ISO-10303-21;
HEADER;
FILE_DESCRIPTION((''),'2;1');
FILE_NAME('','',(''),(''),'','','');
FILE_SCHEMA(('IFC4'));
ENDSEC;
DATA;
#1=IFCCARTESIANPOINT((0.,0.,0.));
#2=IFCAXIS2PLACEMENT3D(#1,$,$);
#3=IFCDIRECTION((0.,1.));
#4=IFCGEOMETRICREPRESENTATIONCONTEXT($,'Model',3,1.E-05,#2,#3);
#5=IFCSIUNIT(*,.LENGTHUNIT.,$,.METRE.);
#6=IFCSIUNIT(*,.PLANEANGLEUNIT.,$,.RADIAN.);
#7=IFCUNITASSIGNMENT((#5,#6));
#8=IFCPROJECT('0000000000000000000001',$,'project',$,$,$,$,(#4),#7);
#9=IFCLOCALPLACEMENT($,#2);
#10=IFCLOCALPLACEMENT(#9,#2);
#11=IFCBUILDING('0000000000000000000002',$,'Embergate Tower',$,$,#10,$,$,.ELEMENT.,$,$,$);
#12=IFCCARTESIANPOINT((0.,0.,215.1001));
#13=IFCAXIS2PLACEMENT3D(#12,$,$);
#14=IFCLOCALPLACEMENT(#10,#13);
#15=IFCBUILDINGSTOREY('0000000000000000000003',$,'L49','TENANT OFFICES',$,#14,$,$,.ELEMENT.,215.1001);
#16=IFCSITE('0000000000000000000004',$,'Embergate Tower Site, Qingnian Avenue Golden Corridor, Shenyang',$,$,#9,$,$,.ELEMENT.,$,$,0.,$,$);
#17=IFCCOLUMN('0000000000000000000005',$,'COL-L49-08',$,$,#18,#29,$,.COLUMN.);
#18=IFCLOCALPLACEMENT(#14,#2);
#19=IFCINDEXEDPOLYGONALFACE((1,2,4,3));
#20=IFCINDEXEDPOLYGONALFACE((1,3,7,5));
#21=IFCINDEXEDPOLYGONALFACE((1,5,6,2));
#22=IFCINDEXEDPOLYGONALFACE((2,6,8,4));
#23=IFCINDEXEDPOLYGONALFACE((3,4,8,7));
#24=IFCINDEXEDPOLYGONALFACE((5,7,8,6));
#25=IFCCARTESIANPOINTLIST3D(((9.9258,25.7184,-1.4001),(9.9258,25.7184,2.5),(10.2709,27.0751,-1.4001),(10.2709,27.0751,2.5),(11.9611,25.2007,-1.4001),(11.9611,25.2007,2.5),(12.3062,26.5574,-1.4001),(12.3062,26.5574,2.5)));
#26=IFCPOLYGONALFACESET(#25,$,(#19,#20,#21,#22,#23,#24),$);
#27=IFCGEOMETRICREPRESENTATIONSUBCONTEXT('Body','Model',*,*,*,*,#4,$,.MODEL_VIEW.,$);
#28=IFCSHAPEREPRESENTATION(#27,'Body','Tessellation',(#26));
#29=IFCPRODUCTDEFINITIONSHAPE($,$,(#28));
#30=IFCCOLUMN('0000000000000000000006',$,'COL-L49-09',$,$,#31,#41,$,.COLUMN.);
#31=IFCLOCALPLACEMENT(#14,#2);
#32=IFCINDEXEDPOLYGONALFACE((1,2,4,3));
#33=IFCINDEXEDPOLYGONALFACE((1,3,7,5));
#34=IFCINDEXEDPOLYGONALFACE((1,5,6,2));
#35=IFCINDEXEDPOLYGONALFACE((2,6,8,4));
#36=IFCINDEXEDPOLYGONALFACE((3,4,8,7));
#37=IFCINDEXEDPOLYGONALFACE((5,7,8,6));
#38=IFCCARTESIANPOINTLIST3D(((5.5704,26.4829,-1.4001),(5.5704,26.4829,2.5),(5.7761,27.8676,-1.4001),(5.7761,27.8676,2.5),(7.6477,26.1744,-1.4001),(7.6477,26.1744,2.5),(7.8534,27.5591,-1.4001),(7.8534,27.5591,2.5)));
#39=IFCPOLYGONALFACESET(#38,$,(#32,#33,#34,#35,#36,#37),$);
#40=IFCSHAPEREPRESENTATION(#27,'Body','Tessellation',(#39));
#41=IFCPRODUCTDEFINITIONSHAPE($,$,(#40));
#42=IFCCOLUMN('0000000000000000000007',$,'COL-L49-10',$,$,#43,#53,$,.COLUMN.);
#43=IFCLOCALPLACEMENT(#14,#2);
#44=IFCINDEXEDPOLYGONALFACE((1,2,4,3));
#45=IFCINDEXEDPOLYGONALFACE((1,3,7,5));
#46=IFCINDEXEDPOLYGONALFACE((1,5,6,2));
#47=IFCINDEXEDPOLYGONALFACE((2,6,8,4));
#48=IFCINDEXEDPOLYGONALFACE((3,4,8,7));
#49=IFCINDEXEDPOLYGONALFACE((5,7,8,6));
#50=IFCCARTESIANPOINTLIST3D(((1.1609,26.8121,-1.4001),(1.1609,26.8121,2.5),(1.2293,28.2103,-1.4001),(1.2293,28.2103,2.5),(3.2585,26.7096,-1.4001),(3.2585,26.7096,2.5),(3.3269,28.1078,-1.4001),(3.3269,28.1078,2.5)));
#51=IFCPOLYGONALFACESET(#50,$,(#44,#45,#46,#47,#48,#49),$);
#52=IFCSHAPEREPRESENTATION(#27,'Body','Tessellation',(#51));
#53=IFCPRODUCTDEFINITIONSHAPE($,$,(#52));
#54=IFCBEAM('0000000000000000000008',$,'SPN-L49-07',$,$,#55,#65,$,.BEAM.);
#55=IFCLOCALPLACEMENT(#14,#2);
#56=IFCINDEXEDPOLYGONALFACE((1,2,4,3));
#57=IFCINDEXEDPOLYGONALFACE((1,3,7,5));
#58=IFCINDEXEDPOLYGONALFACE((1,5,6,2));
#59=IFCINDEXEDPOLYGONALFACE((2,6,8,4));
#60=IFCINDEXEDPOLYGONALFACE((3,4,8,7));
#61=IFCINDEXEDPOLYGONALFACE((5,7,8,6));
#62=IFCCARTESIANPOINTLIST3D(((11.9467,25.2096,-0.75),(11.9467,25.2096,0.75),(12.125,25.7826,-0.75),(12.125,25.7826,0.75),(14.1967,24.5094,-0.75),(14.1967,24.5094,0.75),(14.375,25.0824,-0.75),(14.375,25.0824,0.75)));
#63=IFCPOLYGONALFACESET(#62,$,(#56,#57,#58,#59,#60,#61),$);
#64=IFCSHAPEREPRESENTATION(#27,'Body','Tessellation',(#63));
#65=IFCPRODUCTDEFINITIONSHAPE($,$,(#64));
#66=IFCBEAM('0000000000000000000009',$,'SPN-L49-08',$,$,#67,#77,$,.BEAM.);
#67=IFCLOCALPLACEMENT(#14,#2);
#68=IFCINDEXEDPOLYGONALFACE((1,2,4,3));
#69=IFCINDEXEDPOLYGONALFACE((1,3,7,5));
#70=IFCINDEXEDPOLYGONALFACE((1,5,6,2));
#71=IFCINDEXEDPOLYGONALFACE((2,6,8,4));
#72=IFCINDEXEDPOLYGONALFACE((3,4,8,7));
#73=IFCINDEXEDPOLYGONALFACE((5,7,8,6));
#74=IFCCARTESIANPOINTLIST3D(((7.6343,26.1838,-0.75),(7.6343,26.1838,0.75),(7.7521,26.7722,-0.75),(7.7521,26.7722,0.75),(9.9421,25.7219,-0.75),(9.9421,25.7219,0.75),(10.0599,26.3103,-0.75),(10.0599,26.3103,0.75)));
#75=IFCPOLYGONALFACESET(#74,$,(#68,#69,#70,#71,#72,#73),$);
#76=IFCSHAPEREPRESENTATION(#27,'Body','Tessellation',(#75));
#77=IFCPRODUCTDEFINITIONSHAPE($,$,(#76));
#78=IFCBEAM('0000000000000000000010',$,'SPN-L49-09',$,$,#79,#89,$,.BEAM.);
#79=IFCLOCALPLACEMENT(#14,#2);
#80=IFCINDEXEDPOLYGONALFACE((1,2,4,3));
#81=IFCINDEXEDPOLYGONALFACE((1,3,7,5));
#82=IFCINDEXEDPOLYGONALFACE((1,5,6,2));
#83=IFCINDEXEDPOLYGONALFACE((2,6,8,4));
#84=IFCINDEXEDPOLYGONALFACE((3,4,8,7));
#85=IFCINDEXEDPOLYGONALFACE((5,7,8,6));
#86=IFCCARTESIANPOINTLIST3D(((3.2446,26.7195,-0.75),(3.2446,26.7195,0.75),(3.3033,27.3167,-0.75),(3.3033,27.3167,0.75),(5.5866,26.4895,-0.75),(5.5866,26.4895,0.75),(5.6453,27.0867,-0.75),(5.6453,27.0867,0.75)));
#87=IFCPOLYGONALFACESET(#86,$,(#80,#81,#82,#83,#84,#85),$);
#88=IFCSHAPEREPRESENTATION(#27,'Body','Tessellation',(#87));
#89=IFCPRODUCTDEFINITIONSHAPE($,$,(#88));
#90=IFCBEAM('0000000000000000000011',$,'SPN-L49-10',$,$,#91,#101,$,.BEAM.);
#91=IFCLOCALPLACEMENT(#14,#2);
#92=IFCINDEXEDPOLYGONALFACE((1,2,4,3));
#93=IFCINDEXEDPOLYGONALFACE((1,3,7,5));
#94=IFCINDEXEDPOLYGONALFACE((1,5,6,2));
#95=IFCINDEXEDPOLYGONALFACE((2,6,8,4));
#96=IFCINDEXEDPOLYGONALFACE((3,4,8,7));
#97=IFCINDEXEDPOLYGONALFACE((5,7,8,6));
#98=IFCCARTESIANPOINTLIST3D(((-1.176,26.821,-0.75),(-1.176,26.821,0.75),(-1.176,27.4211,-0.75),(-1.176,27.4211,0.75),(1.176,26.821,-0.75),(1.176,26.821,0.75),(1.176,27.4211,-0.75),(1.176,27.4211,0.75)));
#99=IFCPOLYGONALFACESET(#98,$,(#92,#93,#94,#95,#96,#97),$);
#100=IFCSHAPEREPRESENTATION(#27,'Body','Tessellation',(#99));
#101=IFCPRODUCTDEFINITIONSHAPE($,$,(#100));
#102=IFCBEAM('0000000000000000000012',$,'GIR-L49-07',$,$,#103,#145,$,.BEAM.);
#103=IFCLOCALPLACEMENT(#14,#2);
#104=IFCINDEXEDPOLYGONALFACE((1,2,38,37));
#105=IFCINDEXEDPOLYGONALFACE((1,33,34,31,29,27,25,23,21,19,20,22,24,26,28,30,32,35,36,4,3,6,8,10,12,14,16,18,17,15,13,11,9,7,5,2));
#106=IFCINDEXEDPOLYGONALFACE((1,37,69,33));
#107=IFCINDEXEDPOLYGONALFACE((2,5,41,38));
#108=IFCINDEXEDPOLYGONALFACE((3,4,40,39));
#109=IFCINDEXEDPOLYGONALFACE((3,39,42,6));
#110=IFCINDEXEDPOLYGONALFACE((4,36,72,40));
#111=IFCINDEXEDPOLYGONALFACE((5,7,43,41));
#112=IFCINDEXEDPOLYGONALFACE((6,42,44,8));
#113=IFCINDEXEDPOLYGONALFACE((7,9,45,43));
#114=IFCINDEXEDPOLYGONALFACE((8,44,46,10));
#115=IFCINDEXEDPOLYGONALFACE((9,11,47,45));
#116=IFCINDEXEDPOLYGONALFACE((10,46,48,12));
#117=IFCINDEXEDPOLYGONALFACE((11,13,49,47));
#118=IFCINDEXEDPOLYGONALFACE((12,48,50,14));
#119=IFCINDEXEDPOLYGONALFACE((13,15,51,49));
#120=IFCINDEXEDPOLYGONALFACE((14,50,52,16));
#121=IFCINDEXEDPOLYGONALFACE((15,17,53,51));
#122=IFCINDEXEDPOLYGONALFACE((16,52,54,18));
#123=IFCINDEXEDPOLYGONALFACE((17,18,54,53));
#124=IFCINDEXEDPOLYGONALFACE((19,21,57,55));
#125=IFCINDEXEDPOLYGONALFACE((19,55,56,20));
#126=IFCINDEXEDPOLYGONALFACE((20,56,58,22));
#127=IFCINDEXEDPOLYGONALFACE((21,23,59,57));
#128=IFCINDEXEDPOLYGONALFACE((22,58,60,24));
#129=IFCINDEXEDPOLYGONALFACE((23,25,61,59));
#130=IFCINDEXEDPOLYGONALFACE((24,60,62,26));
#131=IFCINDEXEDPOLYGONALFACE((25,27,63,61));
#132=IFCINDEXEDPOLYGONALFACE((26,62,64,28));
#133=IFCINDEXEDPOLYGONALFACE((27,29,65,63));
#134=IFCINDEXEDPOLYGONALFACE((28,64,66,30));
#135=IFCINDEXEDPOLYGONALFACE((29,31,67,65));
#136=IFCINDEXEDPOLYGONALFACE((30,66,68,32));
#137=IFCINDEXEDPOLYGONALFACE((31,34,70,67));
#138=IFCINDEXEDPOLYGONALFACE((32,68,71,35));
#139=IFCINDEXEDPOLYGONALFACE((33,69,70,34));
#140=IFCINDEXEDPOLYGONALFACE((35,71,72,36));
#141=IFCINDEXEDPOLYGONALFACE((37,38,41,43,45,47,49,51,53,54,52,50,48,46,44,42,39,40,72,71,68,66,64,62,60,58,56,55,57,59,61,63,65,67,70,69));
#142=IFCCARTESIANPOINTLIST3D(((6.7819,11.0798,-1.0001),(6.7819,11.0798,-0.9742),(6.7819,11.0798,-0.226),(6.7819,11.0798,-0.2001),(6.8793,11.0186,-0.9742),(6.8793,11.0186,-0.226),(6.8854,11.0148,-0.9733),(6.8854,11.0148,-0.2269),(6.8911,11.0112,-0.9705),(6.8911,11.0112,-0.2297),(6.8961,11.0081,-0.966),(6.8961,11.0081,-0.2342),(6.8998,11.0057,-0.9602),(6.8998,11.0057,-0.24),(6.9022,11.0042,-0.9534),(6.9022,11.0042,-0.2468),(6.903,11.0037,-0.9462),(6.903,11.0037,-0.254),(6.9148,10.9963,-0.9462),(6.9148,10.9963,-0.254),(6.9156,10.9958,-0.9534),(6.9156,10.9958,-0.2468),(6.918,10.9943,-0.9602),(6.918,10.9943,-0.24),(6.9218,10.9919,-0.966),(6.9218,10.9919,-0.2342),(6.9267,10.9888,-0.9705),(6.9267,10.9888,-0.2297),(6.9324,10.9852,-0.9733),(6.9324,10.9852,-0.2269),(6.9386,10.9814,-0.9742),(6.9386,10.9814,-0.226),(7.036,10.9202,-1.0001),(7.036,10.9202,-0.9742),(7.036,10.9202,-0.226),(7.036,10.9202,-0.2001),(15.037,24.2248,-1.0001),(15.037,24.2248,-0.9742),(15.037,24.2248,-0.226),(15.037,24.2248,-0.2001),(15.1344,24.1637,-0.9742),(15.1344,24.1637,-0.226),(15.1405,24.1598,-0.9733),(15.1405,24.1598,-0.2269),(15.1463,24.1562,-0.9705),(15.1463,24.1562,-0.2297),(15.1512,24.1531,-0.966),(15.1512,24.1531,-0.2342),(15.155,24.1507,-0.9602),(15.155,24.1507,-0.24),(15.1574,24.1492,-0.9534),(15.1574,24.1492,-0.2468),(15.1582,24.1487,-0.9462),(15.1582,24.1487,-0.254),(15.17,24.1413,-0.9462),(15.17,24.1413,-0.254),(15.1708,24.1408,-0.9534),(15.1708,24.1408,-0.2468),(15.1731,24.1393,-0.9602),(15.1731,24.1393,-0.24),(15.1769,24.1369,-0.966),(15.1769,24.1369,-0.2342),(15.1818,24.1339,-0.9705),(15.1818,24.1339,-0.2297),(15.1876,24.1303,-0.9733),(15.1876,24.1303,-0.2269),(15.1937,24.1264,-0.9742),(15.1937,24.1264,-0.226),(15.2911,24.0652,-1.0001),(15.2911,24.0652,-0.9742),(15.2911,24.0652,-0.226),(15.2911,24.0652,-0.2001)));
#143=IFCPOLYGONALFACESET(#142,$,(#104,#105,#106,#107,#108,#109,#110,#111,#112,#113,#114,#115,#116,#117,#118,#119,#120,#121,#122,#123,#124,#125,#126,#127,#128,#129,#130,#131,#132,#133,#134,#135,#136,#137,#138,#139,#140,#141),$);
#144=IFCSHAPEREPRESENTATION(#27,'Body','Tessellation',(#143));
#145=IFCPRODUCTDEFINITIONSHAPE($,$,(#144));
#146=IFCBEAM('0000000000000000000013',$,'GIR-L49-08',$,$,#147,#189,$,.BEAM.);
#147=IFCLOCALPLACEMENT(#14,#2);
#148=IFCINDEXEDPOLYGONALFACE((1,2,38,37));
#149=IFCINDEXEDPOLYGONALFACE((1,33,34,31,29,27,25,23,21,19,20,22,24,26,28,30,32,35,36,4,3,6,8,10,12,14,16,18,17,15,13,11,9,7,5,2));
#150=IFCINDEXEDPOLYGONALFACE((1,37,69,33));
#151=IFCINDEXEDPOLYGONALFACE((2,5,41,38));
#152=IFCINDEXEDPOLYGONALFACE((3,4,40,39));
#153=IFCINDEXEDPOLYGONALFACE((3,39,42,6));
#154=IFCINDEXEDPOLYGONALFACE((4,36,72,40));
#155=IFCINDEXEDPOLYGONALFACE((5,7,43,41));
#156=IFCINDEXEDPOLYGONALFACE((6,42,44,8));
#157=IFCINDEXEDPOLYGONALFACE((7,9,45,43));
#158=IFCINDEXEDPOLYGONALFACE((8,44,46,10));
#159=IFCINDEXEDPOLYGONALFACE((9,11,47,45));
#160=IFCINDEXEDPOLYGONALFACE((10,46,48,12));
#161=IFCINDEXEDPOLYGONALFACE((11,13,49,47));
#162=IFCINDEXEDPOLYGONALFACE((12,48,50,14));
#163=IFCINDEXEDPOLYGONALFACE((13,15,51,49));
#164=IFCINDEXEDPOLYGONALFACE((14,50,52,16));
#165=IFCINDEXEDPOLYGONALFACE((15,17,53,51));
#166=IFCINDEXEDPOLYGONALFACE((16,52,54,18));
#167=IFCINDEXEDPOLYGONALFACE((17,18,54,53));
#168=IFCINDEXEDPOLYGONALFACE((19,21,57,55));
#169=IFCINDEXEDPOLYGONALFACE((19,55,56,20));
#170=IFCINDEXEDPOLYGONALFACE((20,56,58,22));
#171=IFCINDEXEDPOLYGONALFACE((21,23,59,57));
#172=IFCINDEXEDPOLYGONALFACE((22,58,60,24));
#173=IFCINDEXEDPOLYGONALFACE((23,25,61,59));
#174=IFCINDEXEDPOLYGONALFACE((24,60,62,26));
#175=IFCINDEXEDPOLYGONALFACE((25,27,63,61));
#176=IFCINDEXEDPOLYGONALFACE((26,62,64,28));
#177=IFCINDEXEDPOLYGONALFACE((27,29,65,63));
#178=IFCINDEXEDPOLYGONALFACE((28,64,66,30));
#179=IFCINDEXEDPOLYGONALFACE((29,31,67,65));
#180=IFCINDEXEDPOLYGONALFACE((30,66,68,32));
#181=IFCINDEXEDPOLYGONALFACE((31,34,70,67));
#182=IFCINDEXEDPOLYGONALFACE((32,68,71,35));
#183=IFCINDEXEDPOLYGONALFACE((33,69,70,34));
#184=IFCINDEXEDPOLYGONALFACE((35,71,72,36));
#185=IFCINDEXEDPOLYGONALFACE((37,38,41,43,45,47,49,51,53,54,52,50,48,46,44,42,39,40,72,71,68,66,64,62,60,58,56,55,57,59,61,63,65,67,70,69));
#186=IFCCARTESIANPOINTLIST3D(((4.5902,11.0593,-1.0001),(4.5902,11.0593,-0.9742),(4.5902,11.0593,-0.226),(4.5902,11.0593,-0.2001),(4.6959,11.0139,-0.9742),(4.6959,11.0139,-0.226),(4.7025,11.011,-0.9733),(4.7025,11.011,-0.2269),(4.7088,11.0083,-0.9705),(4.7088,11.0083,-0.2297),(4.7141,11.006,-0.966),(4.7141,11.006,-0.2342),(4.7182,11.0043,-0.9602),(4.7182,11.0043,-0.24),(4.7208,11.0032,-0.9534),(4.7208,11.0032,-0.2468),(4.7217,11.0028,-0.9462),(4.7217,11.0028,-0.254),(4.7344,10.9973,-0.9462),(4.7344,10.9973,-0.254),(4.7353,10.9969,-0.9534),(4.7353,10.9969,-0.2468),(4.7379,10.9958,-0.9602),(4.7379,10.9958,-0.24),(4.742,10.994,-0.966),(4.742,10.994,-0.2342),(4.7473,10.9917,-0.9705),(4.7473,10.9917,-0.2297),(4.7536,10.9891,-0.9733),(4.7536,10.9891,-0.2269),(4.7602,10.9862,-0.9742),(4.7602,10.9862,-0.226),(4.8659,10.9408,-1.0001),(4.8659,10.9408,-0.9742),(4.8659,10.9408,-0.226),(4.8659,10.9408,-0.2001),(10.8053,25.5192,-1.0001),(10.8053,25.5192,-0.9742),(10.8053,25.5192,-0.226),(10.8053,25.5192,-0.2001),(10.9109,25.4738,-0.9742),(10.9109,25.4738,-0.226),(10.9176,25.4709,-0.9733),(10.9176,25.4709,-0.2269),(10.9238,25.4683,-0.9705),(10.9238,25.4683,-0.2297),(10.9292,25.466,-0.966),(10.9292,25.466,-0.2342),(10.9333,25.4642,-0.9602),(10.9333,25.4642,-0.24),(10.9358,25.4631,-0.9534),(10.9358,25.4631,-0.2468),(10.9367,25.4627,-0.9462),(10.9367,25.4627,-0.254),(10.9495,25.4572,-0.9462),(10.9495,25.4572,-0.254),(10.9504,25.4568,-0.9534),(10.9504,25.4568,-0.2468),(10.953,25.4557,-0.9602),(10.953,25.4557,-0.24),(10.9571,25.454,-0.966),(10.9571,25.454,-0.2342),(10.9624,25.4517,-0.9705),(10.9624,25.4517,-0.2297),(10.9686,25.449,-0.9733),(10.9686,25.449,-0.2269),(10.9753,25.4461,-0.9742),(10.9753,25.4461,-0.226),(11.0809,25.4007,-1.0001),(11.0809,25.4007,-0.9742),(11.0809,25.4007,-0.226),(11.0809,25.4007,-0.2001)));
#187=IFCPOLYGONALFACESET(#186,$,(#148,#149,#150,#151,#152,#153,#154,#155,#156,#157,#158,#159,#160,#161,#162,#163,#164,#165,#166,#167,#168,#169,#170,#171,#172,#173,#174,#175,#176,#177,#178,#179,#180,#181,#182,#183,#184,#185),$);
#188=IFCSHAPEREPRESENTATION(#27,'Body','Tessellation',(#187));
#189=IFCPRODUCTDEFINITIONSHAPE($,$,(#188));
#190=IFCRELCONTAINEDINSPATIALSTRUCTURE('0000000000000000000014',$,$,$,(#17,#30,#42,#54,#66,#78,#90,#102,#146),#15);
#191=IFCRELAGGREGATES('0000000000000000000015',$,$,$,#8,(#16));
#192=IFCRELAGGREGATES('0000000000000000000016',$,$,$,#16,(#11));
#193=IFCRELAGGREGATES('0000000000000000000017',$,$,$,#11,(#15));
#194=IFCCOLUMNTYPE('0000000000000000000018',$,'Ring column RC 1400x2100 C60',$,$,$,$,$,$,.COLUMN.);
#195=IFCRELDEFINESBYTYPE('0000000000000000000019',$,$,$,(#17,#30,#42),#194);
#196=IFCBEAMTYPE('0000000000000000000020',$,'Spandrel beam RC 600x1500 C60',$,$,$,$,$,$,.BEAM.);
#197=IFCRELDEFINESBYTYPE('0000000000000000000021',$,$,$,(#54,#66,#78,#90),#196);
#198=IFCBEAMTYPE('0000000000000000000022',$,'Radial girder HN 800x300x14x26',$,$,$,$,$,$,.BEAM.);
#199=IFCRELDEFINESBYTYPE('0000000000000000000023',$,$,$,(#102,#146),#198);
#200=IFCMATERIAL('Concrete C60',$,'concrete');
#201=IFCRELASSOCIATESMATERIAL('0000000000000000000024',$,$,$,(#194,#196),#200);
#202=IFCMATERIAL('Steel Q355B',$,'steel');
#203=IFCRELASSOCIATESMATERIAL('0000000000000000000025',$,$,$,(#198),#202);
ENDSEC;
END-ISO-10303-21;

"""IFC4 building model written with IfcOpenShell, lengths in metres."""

from ifc_helpers import new_model, si_unit, direction, frame, origin, origin_2d, place, context, subcontext, project, spatial, rectangle, i_section, extrude, source, transform, mapped, material, material_profile, profile_set, type_object, element, save


model = new_model("IFC4")

# Units and contexts
model_context = context("Model", 3, precision=1e-05, world=origin(), true_north=direction((0.0, 1.0)))
body_context = subcontext(model_context, "Body", "Model", "MODEL_VIEW")
ifc_project = project(units=[si_unit("LENGTHUNIT", "METRE"), si_unit("PLANEANGLEUNIT", "RADIAN")], contexts=[model_context])

# Site, building, storey
site_placement = place(None, origin())
site = spatial("IfcSite", under=ifc_project, at=site_placement, Name="Embergate Tower Site, Qingnian Avenue Golden Corridor, Shenyang", CompositionType="ELEMENT", RefElevation=0.0)
building_placement = place(site_placement, origin())
building = spatial("IfcBuilding", under=site, at=building_placement, Name="Embergate Tower", CompositionType="ELEMENT")
storey_placement = place(building_placement, frame((0.0, 0.0, 215.1001)))
storey = spatial("IfcBuildingStorey", under=building, at=storey_placement, Name="L49", Description="TENANT OFFICES", CompositionType="ELEMENT", Elevation=215.1001)

# Columns
ifc_material_1 = material(Name="Concrete C60", Category="concrete")
ifc_material_profile_1 = material_profile(ifc_material_1, rectangle(XDim=1.3999, YDim=2.1001, at=origin_2d()), Name="RC 1400x2100")
ifc_profile_set_1 = profile_set([ifc_material_profile_1], Name="Concrete C60")
column_type = type_object("IfcColumnType", Name="Ring column RC 1400x2100 C60", PredefinedType="COLUMN", material=ifc_profile_set_1)
shared_shape_1 = source(origin(), body_context, "Body", "SweptSolid", [
    extrude(rectangle(XDim=1.3999, YDim=2.1001, at=origin_2d()), origin(), (0.0, 0.0, 1.0), 3.9001),
])
for number, where, z_axis, x_axis, name in (
    (1, (11.116, 26.1379, -1.4001), (0.0, 0.0, 1.0), (0.246509, 0.969141, 0.0), "COL-L49-08"),
    (2, (6.7119, 27.021, -1.4001), (0.0, 0.0, 1.0), (0.146929, 0.989147, 0.0), "COL-L49-09"),
    (3, (2.2439, 27.46, -1.4001), (0.0, 0.0, 1.0), (0.048815, 0.998808, 0.0), "COL-L49-10"),
):
    element("IfcColumn", number, at=place(storey_placement, frame(where, z_axis=z_axis, x_axis=x_axis)), inside=storey, type_object=column_type, Name=name, PredefinedType="COLUMN", context=body_context, shape_type="MappedRepresentation", body=[
        mapped(shared_shape_1, transform((0.0, 0.0, 0.0))),
    ])

# Beams
ifc_material_profile_2 = material_profile(ifc_material_1, rectangle(XDim=0.6001, YDim=1.5, at=origin_2d()), Name="RC 600x1500")
ifc_profile_set_2 = profile_set([ifc_material_profile_2], Name="Concrete C60")
beam_type_1 = type_object("IfcBeamType", Name="Spandrel beam RC 600x1500 C60", PredefinedType="BEAM", material=ifc_profile_set_2)
shared_shape_2 = source(origin(), body_context, "Body", "SweptSolid", [
    extrude(rectangle(XDim=0.6001, YDim=1.5, at=origin_2d()), origin(), (0.0, 0.0, 1.0), 2.3564),
])
beam_1_placement = place(storey_placement, frame((14.2859, 24.7959, 0.0), z_axis=(-0.954833, 0.297142, 0.0), x_axis=(-0.297142, -0.954833, 0.0)))
element("IfcBeam", 4, at=beam_1_placement, inside=storey, type_object=beam_type_1, Name="SPN-L49-07", PredefinedType="BEAM", context=body_context, shape_type="MappedRepresentation", body=[
    mapped(shared_shape_2, transform((0.0, 0.0, 0.0))),
])
shared_shape_3 = source(origin(), body_context, "Body", "SweptSolid", [
    extrude(rectangle(XDim=0.6001, YDim=1.5, at=origin_2d()), origin(), (0.0, 0.0, 1.0), 2.3535),
])
beam_2_placement = place(storey_placement, frame((10.001, 26.0161, 0.0), z_axis=(-0.980553, 0.196256, 0.0), x_axis=(-0.196256, -0.980553, 0.0)))
element("IfcBeam", 5, at=beam_2_placement, inside=storey, type_object=beam_type_1, Name="SPN-L49-08", PredefinedType="BEAM", context=body_context, shape_type="MappedRepresentation", body=[
    mapped(shared_shape_3, transform((0.0, 0.0, 0.0))),
])
shared_shape_4 = source(origin(), body_context, "Body", "SweptSolid", [
    extrude(rectangle(XDim=0.6001, YDim=1.5, at=origin_2d()), origin(), (0.0, 0.0, 1.0), 2.3533),
])
beam_3_placement = place(storey_placement, frame((5.616, 26.7881, 0.0), z_axis=(-0.995213, 0.097727, 0.0), x_axis=(-0.097727, -0.995213, 0.0)))
element("IfcBeam", 6, at=beam_3_placement, inside=storey, type_object=beam_type_1, Name="SPN-L49-09", PredefinedType="BEAM", context=body_context, shape_type="MappedRepresentation", body=[
    mapped(shared_shape_4, transform((0.0, 0.0, 0.0))),
])
shared_shape_5 = source(origin(), body_context, "Body", "SweptSolid", [
    extrude(rectangle(XDim=0.6001, YDim=1.5, at=origin_2d()), origin(), (0.0, 0.0, 1.0), 2.3521),
])
beam_4_placement = place(storey_placement, frame((1.176, 27.1211, 0.0), z_axis=(-1.0, 0.0, 0.0), x_axis=(0.0, -1.0, 0.0)))
element("IfcBeam", 7, at=beam_4_placement, inside=storey, type_object=beam_type_1, Name="SPN-L49-10", PredefinedType="BEAM", context=body_context, shape_type="MappedRepresentation", body=[
    mapped(shared_shape_5, transform((0.0, 0.0, 0.0))),
])
ifc_material_2 = material(Name="Steel Q355B", Category="steel")
ifc_material_profile_3 = material_profile(ifc_material_2, i_section(OverallWidth=0.3, OverallDepth=0.8, WebThickness=0.0139, FlangeThickness=0.0259, FilletRadius=0.0281, at=origin_2d()), Name="HN 800x300x14x26")
ifc_profile_set_3 = profile_set([ifc_material_profile_3], Name="Steel Q355 grade B")
beam_type_2 = type_object("IfcBeamType", Name="Radial girder HN 800x300x14x26", PredefinedType="BEAM", material=ifc_profile_set_3)
shared_shape_6 = source(origin(), body_context, "Body", "SweptSolid", [
    extrude(i_section(OverallWidth=0.3, OverallDepth=0.8, WebThickness=0.0139, FlangeThickness=0.0259, FilletRadius=0.0281, at=origin_2d()), origin(), (0.0, 0.0, 1.0), 15.5222),
])
beam_5_placement = place(storey_placement, frame((15.1641, 24.145, -0.6001), z_axis=(-0.531827, -0.846853, 0.0), x_axis=(0.846853, -0.531827, 0.0)))
element("IfcBeam", 8, at=beam_5_placement, inside=storey, type_object=beam_type_2, Name="GIR-L49-07", PredefinedType="BEAM", context=body_context, shape_type="MappedRepresentation", body=[
    mapped(shared_shape_6, transform((0.0, 0.0, 0.0))),
])
shared_shape_7 = source(origin(), body_context, "Body", "SweptSolid", [
    extrude(i_section(OverallWidth=0.3, OverallDepth=0.8, WebThickness=0.0139, FlangeThickness=0.0259, FilletRadius=0.0281, at=origin_2d()), origin(), (0.0, 0.0, 1.0), 15.739),
])
beam_6_placement = place(storey_placement, frame((10.9431, 25.46, -0.6001), z_axis=(-0.394883, -0.918731, 0.0), x_axis=(0.918731, -0.394883, 0.0)))
element("IfcBeam", 9, at=beam_6_placement, inside=storey, type_object=beam_type_2, Name="GIR-L49-08", PredefinedType="BEAM", context=body_context, shape_type="MappedRepresentation", body=[
    mapped(shared_shape_7, transform((0.0, 0.0, 0.0))),
])

save(model, "model.ifc")
